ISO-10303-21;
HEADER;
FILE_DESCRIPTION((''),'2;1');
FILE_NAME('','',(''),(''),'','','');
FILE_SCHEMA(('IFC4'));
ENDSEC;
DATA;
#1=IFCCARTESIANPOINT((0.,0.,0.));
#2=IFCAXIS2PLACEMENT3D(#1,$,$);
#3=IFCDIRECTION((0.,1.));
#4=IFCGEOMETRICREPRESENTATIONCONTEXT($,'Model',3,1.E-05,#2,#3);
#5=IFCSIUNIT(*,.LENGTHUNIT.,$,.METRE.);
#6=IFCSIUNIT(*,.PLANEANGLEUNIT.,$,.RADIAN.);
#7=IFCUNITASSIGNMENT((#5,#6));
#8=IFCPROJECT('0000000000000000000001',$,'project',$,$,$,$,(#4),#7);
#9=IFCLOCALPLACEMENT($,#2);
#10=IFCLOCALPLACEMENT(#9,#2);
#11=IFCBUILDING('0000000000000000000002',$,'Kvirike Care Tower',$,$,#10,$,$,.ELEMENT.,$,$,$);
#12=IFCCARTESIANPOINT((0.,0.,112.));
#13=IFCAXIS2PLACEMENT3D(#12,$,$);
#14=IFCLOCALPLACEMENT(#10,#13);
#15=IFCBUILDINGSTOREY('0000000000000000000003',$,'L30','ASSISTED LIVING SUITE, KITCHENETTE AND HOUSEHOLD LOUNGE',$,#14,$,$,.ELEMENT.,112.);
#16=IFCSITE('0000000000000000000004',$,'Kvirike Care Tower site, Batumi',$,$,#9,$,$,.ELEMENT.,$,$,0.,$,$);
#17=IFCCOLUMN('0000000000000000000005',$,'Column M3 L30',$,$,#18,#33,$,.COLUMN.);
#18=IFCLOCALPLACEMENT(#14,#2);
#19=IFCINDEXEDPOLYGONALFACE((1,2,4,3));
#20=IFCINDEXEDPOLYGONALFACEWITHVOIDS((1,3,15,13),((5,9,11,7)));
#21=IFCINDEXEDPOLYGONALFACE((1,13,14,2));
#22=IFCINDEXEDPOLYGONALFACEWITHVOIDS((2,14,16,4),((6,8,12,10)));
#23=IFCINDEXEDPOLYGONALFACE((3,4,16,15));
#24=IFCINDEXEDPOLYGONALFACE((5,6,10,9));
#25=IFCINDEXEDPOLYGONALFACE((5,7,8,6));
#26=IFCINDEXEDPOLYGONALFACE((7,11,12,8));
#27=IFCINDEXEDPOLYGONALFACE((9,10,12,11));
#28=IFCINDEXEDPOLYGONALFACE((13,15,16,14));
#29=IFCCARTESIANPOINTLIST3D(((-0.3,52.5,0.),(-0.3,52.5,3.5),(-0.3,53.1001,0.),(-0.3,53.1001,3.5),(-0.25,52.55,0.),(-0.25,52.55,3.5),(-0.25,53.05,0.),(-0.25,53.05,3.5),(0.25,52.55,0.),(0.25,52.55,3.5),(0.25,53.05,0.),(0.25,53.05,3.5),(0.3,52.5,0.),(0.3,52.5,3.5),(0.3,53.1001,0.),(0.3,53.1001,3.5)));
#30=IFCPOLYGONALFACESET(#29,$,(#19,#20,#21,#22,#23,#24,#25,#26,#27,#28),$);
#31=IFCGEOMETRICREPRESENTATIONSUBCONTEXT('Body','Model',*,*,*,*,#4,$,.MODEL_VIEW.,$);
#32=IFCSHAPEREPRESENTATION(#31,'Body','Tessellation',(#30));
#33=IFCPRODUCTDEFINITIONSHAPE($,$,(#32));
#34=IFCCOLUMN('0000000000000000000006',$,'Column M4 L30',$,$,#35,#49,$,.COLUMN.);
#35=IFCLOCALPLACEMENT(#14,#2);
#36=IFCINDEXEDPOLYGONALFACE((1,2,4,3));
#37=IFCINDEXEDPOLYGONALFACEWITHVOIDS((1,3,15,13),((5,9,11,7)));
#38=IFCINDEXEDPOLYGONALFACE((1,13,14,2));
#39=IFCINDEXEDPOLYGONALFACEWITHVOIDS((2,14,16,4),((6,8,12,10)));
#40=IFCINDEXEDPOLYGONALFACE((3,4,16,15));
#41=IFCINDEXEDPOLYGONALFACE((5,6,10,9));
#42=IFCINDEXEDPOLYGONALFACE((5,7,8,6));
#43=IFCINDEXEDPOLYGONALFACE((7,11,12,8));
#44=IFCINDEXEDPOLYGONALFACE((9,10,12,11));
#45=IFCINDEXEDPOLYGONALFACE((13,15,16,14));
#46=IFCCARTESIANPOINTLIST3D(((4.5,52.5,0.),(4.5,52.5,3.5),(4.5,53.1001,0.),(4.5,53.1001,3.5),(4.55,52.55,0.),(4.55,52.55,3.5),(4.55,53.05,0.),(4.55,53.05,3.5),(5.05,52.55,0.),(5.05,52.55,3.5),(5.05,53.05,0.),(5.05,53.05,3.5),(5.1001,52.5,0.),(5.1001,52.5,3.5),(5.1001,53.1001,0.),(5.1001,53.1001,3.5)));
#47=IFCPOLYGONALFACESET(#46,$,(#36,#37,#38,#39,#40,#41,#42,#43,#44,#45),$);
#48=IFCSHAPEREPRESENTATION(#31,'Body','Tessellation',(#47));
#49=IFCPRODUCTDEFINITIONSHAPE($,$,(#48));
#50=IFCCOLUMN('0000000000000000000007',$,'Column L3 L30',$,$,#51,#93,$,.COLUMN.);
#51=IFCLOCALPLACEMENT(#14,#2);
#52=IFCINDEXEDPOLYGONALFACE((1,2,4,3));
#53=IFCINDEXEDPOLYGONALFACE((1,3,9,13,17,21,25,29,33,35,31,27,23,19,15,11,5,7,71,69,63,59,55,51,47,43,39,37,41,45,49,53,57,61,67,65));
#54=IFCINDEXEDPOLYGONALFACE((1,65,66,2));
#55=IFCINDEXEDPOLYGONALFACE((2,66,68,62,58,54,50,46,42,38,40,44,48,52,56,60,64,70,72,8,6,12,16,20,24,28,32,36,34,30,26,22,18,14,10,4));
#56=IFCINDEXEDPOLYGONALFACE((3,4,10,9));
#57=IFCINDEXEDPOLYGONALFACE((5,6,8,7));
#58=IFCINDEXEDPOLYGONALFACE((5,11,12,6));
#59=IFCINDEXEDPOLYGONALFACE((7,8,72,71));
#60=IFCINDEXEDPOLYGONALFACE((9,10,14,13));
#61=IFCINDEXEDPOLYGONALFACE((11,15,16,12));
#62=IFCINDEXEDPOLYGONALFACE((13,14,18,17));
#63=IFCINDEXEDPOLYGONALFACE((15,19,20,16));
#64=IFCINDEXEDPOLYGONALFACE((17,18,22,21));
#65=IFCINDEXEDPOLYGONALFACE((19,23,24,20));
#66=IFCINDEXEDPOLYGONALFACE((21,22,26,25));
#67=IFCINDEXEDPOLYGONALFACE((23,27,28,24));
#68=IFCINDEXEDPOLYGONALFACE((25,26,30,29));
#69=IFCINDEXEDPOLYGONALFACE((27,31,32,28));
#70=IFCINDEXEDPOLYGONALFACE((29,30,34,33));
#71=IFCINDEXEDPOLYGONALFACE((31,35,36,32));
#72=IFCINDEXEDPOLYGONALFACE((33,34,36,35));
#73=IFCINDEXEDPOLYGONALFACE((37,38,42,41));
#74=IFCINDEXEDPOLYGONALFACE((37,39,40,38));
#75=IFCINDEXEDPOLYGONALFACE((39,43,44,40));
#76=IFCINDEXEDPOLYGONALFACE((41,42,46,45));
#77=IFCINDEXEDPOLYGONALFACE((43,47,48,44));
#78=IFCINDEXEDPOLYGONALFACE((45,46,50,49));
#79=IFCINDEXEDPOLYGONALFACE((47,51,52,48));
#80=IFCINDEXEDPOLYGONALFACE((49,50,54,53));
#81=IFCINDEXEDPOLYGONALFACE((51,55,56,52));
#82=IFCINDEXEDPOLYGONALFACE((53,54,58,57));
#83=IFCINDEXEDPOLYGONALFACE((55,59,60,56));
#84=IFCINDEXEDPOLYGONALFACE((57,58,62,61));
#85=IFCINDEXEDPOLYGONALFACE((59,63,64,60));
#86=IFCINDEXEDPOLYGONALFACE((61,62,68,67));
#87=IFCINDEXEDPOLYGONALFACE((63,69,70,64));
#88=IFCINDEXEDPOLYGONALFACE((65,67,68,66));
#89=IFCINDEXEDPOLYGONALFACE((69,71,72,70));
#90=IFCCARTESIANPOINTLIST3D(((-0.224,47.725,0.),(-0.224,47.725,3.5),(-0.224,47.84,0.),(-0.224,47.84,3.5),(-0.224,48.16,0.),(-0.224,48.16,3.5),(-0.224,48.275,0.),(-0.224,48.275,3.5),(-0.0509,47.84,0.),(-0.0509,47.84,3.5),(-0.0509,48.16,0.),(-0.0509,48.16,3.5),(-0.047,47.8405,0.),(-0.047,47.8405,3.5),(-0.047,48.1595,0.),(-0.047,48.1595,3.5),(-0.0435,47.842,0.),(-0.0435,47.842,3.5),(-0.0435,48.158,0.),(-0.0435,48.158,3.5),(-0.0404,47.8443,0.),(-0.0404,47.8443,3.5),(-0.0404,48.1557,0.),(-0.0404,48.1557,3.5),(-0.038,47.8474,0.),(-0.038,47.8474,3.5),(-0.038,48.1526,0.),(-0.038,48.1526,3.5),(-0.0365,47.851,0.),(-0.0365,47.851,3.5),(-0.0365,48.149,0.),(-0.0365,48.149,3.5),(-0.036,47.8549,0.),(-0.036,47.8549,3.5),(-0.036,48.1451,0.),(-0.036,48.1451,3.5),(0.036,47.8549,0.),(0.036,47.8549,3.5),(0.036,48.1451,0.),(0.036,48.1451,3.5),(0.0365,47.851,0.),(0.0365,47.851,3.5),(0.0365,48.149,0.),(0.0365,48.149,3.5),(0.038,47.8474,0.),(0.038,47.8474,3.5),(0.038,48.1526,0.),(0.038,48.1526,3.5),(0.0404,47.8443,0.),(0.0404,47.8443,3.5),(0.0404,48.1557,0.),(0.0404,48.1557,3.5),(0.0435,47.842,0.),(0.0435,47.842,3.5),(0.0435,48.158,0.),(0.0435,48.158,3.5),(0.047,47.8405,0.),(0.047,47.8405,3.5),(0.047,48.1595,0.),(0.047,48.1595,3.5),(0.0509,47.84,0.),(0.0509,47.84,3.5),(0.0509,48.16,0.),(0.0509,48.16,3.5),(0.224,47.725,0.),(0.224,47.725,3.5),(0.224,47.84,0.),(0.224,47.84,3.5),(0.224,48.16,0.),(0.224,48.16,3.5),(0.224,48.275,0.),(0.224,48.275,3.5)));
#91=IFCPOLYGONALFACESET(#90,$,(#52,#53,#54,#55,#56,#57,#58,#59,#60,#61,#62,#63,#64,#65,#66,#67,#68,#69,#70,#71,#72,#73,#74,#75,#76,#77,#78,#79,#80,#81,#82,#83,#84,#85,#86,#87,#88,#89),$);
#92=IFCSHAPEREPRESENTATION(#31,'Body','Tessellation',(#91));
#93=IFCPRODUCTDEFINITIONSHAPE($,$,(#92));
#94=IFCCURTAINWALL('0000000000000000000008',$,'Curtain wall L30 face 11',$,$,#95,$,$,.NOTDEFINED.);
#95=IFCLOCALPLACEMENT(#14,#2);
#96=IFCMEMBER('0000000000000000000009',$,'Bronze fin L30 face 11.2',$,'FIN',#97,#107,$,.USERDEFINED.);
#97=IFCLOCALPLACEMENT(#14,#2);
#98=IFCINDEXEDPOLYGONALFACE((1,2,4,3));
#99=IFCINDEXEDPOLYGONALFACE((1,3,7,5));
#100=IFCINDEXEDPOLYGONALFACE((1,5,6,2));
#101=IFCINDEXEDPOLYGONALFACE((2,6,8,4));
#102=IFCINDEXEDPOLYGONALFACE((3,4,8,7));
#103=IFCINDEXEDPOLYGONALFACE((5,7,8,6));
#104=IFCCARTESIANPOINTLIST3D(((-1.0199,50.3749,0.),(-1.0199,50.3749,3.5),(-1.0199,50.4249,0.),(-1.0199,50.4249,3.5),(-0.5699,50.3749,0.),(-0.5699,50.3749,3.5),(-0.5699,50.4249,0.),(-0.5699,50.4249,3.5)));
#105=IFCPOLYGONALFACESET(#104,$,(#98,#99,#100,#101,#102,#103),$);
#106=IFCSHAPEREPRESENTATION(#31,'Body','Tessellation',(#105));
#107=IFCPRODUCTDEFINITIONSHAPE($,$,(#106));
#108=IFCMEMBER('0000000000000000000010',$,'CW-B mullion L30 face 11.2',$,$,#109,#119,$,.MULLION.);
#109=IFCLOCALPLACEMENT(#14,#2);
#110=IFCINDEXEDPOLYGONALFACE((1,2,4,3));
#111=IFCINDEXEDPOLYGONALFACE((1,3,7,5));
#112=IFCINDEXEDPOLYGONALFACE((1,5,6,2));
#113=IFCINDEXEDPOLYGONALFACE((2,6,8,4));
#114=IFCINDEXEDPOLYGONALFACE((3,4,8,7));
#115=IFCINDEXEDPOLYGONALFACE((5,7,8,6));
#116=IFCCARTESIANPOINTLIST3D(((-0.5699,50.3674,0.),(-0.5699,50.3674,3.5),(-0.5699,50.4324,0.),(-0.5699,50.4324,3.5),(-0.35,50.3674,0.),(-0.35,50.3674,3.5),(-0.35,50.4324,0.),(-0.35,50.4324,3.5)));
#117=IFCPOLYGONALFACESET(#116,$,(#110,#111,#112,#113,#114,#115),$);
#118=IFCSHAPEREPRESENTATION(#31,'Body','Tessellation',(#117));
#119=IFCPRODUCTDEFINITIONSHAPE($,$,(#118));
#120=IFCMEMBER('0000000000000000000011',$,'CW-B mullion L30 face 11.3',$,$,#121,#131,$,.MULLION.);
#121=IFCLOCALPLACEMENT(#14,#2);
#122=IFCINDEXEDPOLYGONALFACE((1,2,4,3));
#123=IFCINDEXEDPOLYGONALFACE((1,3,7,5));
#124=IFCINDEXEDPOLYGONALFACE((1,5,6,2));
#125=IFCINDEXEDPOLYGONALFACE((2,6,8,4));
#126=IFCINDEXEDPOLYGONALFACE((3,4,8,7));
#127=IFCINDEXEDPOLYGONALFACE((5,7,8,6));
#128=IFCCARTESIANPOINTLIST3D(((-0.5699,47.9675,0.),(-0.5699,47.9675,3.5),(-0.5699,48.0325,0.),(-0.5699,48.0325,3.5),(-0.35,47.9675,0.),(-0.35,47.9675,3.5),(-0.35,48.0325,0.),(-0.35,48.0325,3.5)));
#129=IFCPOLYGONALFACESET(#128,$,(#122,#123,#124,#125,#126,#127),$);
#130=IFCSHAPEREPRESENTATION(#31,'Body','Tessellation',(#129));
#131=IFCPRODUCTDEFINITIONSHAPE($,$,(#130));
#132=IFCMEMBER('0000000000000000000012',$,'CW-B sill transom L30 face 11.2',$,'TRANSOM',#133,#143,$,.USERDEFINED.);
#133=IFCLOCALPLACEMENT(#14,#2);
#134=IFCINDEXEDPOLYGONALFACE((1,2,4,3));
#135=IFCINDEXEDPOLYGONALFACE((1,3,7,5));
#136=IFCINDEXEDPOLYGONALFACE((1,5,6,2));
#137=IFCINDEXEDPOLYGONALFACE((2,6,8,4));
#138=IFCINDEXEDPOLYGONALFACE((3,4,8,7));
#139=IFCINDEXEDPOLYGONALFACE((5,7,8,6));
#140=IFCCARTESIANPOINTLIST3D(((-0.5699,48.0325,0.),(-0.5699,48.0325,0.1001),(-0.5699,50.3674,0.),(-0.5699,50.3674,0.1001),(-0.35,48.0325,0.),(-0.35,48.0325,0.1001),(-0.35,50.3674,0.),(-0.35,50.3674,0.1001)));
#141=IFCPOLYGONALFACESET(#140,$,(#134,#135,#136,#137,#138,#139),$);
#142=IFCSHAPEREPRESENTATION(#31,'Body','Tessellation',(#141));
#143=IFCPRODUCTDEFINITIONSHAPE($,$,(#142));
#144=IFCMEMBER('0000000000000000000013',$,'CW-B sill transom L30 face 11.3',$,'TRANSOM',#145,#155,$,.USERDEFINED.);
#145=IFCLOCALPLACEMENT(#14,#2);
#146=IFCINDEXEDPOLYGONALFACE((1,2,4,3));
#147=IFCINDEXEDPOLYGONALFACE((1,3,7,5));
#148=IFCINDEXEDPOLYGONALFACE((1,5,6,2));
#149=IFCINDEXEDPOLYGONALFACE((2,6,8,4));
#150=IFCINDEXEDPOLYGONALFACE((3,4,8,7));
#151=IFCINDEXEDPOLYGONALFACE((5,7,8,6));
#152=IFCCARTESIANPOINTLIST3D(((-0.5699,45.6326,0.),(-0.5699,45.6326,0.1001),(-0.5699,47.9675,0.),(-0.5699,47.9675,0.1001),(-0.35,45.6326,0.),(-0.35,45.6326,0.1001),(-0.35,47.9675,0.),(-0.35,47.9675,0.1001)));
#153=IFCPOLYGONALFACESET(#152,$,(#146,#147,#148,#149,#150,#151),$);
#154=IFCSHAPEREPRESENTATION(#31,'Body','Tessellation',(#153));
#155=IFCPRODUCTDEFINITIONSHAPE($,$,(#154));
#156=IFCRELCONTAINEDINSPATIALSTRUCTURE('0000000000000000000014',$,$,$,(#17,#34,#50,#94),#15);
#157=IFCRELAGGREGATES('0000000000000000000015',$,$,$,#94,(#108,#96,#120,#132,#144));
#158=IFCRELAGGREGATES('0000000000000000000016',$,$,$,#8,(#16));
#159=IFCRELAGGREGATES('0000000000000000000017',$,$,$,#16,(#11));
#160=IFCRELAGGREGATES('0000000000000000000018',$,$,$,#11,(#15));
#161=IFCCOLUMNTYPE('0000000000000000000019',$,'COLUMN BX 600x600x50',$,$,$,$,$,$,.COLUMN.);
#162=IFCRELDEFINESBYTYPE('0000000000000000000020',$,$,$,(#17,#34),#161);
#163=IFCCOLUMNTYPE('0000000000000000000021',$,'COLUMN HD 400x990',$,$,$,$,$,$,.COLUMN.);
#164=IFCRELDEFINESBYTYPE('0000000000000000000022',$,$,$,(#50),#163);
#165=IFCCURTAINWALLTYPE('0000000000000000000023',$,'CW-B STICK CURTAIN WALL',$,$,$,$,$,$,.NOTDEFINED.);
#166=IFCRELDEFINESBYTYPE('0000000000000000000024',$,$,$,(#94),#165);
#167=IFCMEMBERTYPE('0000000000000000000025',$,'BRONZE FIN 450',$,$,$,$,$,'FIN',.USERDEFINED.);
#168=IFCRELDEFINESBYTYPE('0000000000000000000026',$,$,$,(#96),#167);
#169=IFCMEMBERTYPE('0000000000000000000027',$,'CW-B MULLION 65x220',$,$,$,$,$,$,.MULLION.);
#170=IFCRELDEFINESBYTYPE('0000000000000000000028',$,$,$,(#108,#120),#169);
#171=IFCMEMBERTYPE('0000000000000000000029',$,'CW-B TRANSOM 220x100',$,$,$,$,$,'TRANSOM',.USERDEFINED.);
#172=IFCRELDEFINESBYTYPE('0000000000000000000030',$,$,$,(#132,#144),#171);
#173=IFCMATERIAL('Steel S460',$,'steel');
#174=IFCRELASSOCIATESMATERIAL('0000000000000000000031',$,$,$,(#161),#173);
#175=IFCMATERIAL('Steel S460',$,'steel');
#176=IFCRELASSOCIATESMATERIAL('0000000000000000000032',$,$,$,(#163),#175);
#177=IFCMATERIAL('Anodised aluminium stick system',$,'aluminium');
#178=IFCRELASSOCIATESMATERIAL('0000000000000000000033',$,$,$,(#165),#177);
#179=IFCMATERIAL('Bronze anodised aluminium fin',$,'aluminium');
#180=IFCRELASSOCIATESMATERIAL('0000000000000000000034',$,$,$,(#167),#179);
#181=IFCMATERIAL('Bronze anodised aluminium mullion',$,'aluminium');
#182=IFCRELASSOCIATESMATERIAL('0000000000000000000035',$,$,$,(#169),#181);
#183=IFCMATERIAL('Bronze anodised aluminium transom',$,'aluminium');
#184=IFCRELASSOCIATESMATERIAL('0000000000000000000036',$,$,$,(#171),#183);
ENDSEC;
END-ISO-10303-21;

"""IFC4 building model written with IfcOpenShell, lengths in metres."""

from ifc_helpers import new_model, si_unit, direction, frame, origin, origin_2d, place, context, subcontext, project, spatial, rectangle, hollow_rectangle, i_section, extrude, material, material_profile, profile_set, type_object, element, aggregate, save


model = new_model("IFC4")

# Units and contexts
model_context = context("Model", 3, precision=1e-05, world=origin(), true_north=direction((0.0, 1.0)))
body_context = subcontext(model_context, "Body", "Model", "MODEL_VIEW")
ifc_project = project(units=[si_unit("LENGTHUNIT", "METRE"), si_unit("PLANEANGLEUNIT", "RADIAN")], contexts=[model_context])

# Site, building, storey
site_placement = place(None, origin())
site = spatial("IfcSite", under=ifc_project, at=site_placement, Name="Kvirike Care Tower site, Batumi", CompositionType="ELEMENT", RefElevation=0.0)
building_placement = place(site_placement, origin())
building = spatial("IfcBuilding", under=site, at=building_placement, Name="Kvirike Care Tower", CompositionType="ELEMENT")
storey_placement = place(building_placement, frame((0.0, 0.0, 112.0)))
storey = spatial("IfcBuildingStorey", under=building, at=storey_placement, Name="L30", Description="ASSISTED LIVING SUITE, KITCHENETTE AND HOUSEHOLD LOUNGE", CompositionType="ELEMENT", Elevation=112.0)

# Columns
ifc_material_1 = material(Name="Steel S460", Category="steel")
ifc_material_profile_1 = material_profile(ifc_material_1, hollow_rectangle(XDim=0.6001, YDim=0.6001, WallThickness=0.05, at=origin_2d()), Name="BX 600x600x50")
ifc_profile_set_1 = profile_set([ifc_material_profile_1], Name="Steel S460")
column_type_1 = type_object("IfcColumnType", Name="COLUMN BX 600x600x50", PredefinedType="COLUMN", material=ifc_profile_set_1)
for number, where, z_axis, x_axis, name in (
    (1, (0.0, 52.8, 0.0), (0.0, 0.0, 1.0), (0.0, 1.0, 0.0), "Column M3 L30"),
    (2, (4.8, 52.8, 0.0), (0.0, 0.0, 1.0), (0.0, 1.0, 0.0), "Column M4 L30"),
):
    element("IfcColumn", number, at=place(storey_placement, frame(where, z_axis=z_axis, x_axis=x_axis)), inside=storey, type_object=column_type_1, Name=name, PredefinedType="COLUMN", context=body_context, shape_type="SweptSolid", body=[
        extrude(hollow_rectangle(XDim=0.6001, YDim=0.6001, WallThickness=0.05, at=origin_2d()), origin(), (0.0, 0.0, 1.0), 3.5),
    ])
ifc_material_2 = material(Name="Steel S460", Category="steel")
ifc_material_profile_2 = material_profile(ifc_material_2, i_section(OverallWidth=0.448, OverallDepth=0.55, WebThickness=0.072, FlangeThickness=0.115, FilletRadius=0.0149, at=origin_2d()), Name="HD 400x990")
ifc_profile_set_2 = profile_set([ifc_material_profile_2], Name="Steel S460")
column_type_2 = type_object("IfcColumnType", Name="COLUMN HD 400x990", PredefinedType="COLUMN", material=ifc_profile_set_2)
column_placement = place(storey_placement, frame((0.0, 48.0, 0.0), z_axis=(0.0, 0.0, 1.0), x_axis=(1.0, 0.0, 0.0)))
element("IfcColumn", 3, at=column_placement, inside=storey, type_object=column_type_2, Name="Column L3 L30", PredefinedType="COLUMN", context=body_context, shape_type="SweptSolid", body=[
    extrude(i_section(OverallWidth=0.448, OverallDepth=0.55, WebThickness=0.072, FlangeThickness=0.115, FilletRadius=0.0149, at=origin_2d()), origin(), (0.0, 0.0, 1.0), 3.5),
])

# Curtain wall, members
ifc_material_3 = material(Name="Anodised aluminium stick system", Category="aluminium")
curtain_wall_type = type_object("IfcCurtainWallType", Name="CW-B STICK CURTAIN WALL", PredefinedType="NOTDEFINED", material=ifc_material_3)
curtain_wall_placement = place(storey_placement, origin())
curtain_wall = element("IfcCurtainWall", 4, at=curtain_wall_placement, inside=storey, type_object=curtain_wall_type, Name="Curtain wall L30 face 11", PredefinedType="NOTDEFINED")
ifc_material_4 = material(Name="Bronze anodised aluminium fin", Category="aluminium")
ifc_material_profile_3 = material_profile(ifc_material_4, rectangle(XDim=0.05, YDim=0.45, at=origin_2d()), Name="BRONZE FIN 450")
ifc_profile_set_3 = profile_set([ifc_material_profile_3], Name="Bronze anodised aluminium fin")
member_type_1 = type_object("IfcMemberType", Name="BRONZE FIN 450", ElementType="FIN", PredefinedType="USERDEFINED", material=ifc_profile_set_3)
member_1_placement = place(storey_placement, frame((-0.7949, 50.3999, 0.0), z_axis=(0.0, 0.0, 1.0), x_axis=(0.0, -1.0, 0.0)))
member_1 = element("IfcMember", 5, at=member_1_placement, type_object=member_type_1, Name="Bronze fin L30 face 11.2", ObjectType="FIN", PredefinedType="USERDEFINED", context=body_context, shape_type="SweptSolid", body=[
    extrude(rectangle(XDim=0.05, YDim=0.45, at=origin_2d()), origin(), (0.0, 0.0, 1.0), 3.5),
])
ifc_material_5 = material(Name="Bronze anodised aluminium mullion", Category="aluminium")
ifc_material_profile_4 = material_profile(ifc_material_5, rectangle(XDim=0.0649, YDim=0.22, at=origin_2d()), Name="CW-B MULLION 65x220")
ifc_profile_set_4 = profile_set([ifc_material_profile_4], Name="Bronze anodised aluminium mullion")
member_type_2 = type_object("IfcMemberType", Name="CW-B MULLION 65x220", PredefinedType="MULLION", material=ifc_profile_set_4)
member_2_placement = place(storey_placement, frame((-0.46, 50.3999, 0.0), z_axis=(0.0, 0.0, 1.0), x_axis=(0.0, -1.0, 0.0)))
member_2 = element("IfcMember", 6, at=member_2_placement, type_object=member_type_2, Name="CW-B mullion L30 face 11.2", PredefinedType="MULLION", context=body_context, shape_type="SweptSolid", body=[
    extrude(rectangle(XDim=0.0649, YDim=0.22, at=origin_2d()), origin(), (0.0, 0.0, 1.0), 3.5),
])
member_3_placement = place(storey_placement, frame((-0.46, 48.0, 0.0), z_axis=(0.0, 0.0, 1.0), x_axis=(0.0, -1.0, 0.0)))
member_3 = element("IfcMember", 7, at=member_3_placement, type_object=member_type_2, Name="CW-B mullion L30 face 11.3", PredefinedType="MULLION", context=body_context, shape_type="SweptSolid", body=[
    extrude(rectangle(XDim=0.0649, YDim=0.22, at=origin_2d()), origin(), (0.0, 0.0, 1.0), 3.5),
])
ifc_material_6 = material(Name="Bronze anodised aluminium transom", Category="aluminium")
ifc_material_profile_5 = material_profile(ifc_material_6, rectangle(XDim=0.22, YDim=0.1001, at=origin_2d()), Name="CW-B TRANSOM 220x100")
ifc_profile_set_5 = profile_set([ifc_material_profile_5], Name="Bronze anodised aluminium transom")
member_type_3 = type_object("IfcMemberType", Name="CW-B TRANSOM 220x100", ElementType="TRANSOM", PredefinedType="USERDEFINED", material=ifc_profile_set_5)
member_4_placement = place(storey_placement, frame((-0.46, 50.3674, 0.05), z_axis=(0.0, -1.0, 0.0), x_axis=(1.0, 0.0, 0.0)))
member_4 = element("IfcMember", 8, at=member_4_placement, type_object=member_type_3, Name="CW-B sill transom L30 face 11.2", ObjectType="TRANSOM", PredefinedType="USERDEFINED", context=body_context, shape_type="SweptSolid", body=[
    extrude(rectangle(XDim=0.22, YDim=0.1001, at=origin_2d()), origin(), (0.0, 0.0, 1.0), 2.335),
])
member_5_placement = place(storey_placement, frame((-0.46, 47.9675, 0.05), z_axis=(0.0, -1.0, 0.0), x_axis=(1.0, 0.0, 0.0)))
member_5 = element("IfcMember", 9, at=member_5_placement, type_object=member_type_3, Name="CW-B sill transom L30 face 11.3", ObjectType="TRANSOM", PredefinedType="USERDEFINED", context=body_context, shape_type="SweptSolid", body=[
    extrude(rectangle(XDim=0.22, YDim=0.1001, at=origin_2d()), origin(), (0.0, 0.0, 1.0), 2.335),
])

aggregate(curtain_wall, [member_2, member_1, member_3, member_4, member_5])

save(model, "model.ifc")
